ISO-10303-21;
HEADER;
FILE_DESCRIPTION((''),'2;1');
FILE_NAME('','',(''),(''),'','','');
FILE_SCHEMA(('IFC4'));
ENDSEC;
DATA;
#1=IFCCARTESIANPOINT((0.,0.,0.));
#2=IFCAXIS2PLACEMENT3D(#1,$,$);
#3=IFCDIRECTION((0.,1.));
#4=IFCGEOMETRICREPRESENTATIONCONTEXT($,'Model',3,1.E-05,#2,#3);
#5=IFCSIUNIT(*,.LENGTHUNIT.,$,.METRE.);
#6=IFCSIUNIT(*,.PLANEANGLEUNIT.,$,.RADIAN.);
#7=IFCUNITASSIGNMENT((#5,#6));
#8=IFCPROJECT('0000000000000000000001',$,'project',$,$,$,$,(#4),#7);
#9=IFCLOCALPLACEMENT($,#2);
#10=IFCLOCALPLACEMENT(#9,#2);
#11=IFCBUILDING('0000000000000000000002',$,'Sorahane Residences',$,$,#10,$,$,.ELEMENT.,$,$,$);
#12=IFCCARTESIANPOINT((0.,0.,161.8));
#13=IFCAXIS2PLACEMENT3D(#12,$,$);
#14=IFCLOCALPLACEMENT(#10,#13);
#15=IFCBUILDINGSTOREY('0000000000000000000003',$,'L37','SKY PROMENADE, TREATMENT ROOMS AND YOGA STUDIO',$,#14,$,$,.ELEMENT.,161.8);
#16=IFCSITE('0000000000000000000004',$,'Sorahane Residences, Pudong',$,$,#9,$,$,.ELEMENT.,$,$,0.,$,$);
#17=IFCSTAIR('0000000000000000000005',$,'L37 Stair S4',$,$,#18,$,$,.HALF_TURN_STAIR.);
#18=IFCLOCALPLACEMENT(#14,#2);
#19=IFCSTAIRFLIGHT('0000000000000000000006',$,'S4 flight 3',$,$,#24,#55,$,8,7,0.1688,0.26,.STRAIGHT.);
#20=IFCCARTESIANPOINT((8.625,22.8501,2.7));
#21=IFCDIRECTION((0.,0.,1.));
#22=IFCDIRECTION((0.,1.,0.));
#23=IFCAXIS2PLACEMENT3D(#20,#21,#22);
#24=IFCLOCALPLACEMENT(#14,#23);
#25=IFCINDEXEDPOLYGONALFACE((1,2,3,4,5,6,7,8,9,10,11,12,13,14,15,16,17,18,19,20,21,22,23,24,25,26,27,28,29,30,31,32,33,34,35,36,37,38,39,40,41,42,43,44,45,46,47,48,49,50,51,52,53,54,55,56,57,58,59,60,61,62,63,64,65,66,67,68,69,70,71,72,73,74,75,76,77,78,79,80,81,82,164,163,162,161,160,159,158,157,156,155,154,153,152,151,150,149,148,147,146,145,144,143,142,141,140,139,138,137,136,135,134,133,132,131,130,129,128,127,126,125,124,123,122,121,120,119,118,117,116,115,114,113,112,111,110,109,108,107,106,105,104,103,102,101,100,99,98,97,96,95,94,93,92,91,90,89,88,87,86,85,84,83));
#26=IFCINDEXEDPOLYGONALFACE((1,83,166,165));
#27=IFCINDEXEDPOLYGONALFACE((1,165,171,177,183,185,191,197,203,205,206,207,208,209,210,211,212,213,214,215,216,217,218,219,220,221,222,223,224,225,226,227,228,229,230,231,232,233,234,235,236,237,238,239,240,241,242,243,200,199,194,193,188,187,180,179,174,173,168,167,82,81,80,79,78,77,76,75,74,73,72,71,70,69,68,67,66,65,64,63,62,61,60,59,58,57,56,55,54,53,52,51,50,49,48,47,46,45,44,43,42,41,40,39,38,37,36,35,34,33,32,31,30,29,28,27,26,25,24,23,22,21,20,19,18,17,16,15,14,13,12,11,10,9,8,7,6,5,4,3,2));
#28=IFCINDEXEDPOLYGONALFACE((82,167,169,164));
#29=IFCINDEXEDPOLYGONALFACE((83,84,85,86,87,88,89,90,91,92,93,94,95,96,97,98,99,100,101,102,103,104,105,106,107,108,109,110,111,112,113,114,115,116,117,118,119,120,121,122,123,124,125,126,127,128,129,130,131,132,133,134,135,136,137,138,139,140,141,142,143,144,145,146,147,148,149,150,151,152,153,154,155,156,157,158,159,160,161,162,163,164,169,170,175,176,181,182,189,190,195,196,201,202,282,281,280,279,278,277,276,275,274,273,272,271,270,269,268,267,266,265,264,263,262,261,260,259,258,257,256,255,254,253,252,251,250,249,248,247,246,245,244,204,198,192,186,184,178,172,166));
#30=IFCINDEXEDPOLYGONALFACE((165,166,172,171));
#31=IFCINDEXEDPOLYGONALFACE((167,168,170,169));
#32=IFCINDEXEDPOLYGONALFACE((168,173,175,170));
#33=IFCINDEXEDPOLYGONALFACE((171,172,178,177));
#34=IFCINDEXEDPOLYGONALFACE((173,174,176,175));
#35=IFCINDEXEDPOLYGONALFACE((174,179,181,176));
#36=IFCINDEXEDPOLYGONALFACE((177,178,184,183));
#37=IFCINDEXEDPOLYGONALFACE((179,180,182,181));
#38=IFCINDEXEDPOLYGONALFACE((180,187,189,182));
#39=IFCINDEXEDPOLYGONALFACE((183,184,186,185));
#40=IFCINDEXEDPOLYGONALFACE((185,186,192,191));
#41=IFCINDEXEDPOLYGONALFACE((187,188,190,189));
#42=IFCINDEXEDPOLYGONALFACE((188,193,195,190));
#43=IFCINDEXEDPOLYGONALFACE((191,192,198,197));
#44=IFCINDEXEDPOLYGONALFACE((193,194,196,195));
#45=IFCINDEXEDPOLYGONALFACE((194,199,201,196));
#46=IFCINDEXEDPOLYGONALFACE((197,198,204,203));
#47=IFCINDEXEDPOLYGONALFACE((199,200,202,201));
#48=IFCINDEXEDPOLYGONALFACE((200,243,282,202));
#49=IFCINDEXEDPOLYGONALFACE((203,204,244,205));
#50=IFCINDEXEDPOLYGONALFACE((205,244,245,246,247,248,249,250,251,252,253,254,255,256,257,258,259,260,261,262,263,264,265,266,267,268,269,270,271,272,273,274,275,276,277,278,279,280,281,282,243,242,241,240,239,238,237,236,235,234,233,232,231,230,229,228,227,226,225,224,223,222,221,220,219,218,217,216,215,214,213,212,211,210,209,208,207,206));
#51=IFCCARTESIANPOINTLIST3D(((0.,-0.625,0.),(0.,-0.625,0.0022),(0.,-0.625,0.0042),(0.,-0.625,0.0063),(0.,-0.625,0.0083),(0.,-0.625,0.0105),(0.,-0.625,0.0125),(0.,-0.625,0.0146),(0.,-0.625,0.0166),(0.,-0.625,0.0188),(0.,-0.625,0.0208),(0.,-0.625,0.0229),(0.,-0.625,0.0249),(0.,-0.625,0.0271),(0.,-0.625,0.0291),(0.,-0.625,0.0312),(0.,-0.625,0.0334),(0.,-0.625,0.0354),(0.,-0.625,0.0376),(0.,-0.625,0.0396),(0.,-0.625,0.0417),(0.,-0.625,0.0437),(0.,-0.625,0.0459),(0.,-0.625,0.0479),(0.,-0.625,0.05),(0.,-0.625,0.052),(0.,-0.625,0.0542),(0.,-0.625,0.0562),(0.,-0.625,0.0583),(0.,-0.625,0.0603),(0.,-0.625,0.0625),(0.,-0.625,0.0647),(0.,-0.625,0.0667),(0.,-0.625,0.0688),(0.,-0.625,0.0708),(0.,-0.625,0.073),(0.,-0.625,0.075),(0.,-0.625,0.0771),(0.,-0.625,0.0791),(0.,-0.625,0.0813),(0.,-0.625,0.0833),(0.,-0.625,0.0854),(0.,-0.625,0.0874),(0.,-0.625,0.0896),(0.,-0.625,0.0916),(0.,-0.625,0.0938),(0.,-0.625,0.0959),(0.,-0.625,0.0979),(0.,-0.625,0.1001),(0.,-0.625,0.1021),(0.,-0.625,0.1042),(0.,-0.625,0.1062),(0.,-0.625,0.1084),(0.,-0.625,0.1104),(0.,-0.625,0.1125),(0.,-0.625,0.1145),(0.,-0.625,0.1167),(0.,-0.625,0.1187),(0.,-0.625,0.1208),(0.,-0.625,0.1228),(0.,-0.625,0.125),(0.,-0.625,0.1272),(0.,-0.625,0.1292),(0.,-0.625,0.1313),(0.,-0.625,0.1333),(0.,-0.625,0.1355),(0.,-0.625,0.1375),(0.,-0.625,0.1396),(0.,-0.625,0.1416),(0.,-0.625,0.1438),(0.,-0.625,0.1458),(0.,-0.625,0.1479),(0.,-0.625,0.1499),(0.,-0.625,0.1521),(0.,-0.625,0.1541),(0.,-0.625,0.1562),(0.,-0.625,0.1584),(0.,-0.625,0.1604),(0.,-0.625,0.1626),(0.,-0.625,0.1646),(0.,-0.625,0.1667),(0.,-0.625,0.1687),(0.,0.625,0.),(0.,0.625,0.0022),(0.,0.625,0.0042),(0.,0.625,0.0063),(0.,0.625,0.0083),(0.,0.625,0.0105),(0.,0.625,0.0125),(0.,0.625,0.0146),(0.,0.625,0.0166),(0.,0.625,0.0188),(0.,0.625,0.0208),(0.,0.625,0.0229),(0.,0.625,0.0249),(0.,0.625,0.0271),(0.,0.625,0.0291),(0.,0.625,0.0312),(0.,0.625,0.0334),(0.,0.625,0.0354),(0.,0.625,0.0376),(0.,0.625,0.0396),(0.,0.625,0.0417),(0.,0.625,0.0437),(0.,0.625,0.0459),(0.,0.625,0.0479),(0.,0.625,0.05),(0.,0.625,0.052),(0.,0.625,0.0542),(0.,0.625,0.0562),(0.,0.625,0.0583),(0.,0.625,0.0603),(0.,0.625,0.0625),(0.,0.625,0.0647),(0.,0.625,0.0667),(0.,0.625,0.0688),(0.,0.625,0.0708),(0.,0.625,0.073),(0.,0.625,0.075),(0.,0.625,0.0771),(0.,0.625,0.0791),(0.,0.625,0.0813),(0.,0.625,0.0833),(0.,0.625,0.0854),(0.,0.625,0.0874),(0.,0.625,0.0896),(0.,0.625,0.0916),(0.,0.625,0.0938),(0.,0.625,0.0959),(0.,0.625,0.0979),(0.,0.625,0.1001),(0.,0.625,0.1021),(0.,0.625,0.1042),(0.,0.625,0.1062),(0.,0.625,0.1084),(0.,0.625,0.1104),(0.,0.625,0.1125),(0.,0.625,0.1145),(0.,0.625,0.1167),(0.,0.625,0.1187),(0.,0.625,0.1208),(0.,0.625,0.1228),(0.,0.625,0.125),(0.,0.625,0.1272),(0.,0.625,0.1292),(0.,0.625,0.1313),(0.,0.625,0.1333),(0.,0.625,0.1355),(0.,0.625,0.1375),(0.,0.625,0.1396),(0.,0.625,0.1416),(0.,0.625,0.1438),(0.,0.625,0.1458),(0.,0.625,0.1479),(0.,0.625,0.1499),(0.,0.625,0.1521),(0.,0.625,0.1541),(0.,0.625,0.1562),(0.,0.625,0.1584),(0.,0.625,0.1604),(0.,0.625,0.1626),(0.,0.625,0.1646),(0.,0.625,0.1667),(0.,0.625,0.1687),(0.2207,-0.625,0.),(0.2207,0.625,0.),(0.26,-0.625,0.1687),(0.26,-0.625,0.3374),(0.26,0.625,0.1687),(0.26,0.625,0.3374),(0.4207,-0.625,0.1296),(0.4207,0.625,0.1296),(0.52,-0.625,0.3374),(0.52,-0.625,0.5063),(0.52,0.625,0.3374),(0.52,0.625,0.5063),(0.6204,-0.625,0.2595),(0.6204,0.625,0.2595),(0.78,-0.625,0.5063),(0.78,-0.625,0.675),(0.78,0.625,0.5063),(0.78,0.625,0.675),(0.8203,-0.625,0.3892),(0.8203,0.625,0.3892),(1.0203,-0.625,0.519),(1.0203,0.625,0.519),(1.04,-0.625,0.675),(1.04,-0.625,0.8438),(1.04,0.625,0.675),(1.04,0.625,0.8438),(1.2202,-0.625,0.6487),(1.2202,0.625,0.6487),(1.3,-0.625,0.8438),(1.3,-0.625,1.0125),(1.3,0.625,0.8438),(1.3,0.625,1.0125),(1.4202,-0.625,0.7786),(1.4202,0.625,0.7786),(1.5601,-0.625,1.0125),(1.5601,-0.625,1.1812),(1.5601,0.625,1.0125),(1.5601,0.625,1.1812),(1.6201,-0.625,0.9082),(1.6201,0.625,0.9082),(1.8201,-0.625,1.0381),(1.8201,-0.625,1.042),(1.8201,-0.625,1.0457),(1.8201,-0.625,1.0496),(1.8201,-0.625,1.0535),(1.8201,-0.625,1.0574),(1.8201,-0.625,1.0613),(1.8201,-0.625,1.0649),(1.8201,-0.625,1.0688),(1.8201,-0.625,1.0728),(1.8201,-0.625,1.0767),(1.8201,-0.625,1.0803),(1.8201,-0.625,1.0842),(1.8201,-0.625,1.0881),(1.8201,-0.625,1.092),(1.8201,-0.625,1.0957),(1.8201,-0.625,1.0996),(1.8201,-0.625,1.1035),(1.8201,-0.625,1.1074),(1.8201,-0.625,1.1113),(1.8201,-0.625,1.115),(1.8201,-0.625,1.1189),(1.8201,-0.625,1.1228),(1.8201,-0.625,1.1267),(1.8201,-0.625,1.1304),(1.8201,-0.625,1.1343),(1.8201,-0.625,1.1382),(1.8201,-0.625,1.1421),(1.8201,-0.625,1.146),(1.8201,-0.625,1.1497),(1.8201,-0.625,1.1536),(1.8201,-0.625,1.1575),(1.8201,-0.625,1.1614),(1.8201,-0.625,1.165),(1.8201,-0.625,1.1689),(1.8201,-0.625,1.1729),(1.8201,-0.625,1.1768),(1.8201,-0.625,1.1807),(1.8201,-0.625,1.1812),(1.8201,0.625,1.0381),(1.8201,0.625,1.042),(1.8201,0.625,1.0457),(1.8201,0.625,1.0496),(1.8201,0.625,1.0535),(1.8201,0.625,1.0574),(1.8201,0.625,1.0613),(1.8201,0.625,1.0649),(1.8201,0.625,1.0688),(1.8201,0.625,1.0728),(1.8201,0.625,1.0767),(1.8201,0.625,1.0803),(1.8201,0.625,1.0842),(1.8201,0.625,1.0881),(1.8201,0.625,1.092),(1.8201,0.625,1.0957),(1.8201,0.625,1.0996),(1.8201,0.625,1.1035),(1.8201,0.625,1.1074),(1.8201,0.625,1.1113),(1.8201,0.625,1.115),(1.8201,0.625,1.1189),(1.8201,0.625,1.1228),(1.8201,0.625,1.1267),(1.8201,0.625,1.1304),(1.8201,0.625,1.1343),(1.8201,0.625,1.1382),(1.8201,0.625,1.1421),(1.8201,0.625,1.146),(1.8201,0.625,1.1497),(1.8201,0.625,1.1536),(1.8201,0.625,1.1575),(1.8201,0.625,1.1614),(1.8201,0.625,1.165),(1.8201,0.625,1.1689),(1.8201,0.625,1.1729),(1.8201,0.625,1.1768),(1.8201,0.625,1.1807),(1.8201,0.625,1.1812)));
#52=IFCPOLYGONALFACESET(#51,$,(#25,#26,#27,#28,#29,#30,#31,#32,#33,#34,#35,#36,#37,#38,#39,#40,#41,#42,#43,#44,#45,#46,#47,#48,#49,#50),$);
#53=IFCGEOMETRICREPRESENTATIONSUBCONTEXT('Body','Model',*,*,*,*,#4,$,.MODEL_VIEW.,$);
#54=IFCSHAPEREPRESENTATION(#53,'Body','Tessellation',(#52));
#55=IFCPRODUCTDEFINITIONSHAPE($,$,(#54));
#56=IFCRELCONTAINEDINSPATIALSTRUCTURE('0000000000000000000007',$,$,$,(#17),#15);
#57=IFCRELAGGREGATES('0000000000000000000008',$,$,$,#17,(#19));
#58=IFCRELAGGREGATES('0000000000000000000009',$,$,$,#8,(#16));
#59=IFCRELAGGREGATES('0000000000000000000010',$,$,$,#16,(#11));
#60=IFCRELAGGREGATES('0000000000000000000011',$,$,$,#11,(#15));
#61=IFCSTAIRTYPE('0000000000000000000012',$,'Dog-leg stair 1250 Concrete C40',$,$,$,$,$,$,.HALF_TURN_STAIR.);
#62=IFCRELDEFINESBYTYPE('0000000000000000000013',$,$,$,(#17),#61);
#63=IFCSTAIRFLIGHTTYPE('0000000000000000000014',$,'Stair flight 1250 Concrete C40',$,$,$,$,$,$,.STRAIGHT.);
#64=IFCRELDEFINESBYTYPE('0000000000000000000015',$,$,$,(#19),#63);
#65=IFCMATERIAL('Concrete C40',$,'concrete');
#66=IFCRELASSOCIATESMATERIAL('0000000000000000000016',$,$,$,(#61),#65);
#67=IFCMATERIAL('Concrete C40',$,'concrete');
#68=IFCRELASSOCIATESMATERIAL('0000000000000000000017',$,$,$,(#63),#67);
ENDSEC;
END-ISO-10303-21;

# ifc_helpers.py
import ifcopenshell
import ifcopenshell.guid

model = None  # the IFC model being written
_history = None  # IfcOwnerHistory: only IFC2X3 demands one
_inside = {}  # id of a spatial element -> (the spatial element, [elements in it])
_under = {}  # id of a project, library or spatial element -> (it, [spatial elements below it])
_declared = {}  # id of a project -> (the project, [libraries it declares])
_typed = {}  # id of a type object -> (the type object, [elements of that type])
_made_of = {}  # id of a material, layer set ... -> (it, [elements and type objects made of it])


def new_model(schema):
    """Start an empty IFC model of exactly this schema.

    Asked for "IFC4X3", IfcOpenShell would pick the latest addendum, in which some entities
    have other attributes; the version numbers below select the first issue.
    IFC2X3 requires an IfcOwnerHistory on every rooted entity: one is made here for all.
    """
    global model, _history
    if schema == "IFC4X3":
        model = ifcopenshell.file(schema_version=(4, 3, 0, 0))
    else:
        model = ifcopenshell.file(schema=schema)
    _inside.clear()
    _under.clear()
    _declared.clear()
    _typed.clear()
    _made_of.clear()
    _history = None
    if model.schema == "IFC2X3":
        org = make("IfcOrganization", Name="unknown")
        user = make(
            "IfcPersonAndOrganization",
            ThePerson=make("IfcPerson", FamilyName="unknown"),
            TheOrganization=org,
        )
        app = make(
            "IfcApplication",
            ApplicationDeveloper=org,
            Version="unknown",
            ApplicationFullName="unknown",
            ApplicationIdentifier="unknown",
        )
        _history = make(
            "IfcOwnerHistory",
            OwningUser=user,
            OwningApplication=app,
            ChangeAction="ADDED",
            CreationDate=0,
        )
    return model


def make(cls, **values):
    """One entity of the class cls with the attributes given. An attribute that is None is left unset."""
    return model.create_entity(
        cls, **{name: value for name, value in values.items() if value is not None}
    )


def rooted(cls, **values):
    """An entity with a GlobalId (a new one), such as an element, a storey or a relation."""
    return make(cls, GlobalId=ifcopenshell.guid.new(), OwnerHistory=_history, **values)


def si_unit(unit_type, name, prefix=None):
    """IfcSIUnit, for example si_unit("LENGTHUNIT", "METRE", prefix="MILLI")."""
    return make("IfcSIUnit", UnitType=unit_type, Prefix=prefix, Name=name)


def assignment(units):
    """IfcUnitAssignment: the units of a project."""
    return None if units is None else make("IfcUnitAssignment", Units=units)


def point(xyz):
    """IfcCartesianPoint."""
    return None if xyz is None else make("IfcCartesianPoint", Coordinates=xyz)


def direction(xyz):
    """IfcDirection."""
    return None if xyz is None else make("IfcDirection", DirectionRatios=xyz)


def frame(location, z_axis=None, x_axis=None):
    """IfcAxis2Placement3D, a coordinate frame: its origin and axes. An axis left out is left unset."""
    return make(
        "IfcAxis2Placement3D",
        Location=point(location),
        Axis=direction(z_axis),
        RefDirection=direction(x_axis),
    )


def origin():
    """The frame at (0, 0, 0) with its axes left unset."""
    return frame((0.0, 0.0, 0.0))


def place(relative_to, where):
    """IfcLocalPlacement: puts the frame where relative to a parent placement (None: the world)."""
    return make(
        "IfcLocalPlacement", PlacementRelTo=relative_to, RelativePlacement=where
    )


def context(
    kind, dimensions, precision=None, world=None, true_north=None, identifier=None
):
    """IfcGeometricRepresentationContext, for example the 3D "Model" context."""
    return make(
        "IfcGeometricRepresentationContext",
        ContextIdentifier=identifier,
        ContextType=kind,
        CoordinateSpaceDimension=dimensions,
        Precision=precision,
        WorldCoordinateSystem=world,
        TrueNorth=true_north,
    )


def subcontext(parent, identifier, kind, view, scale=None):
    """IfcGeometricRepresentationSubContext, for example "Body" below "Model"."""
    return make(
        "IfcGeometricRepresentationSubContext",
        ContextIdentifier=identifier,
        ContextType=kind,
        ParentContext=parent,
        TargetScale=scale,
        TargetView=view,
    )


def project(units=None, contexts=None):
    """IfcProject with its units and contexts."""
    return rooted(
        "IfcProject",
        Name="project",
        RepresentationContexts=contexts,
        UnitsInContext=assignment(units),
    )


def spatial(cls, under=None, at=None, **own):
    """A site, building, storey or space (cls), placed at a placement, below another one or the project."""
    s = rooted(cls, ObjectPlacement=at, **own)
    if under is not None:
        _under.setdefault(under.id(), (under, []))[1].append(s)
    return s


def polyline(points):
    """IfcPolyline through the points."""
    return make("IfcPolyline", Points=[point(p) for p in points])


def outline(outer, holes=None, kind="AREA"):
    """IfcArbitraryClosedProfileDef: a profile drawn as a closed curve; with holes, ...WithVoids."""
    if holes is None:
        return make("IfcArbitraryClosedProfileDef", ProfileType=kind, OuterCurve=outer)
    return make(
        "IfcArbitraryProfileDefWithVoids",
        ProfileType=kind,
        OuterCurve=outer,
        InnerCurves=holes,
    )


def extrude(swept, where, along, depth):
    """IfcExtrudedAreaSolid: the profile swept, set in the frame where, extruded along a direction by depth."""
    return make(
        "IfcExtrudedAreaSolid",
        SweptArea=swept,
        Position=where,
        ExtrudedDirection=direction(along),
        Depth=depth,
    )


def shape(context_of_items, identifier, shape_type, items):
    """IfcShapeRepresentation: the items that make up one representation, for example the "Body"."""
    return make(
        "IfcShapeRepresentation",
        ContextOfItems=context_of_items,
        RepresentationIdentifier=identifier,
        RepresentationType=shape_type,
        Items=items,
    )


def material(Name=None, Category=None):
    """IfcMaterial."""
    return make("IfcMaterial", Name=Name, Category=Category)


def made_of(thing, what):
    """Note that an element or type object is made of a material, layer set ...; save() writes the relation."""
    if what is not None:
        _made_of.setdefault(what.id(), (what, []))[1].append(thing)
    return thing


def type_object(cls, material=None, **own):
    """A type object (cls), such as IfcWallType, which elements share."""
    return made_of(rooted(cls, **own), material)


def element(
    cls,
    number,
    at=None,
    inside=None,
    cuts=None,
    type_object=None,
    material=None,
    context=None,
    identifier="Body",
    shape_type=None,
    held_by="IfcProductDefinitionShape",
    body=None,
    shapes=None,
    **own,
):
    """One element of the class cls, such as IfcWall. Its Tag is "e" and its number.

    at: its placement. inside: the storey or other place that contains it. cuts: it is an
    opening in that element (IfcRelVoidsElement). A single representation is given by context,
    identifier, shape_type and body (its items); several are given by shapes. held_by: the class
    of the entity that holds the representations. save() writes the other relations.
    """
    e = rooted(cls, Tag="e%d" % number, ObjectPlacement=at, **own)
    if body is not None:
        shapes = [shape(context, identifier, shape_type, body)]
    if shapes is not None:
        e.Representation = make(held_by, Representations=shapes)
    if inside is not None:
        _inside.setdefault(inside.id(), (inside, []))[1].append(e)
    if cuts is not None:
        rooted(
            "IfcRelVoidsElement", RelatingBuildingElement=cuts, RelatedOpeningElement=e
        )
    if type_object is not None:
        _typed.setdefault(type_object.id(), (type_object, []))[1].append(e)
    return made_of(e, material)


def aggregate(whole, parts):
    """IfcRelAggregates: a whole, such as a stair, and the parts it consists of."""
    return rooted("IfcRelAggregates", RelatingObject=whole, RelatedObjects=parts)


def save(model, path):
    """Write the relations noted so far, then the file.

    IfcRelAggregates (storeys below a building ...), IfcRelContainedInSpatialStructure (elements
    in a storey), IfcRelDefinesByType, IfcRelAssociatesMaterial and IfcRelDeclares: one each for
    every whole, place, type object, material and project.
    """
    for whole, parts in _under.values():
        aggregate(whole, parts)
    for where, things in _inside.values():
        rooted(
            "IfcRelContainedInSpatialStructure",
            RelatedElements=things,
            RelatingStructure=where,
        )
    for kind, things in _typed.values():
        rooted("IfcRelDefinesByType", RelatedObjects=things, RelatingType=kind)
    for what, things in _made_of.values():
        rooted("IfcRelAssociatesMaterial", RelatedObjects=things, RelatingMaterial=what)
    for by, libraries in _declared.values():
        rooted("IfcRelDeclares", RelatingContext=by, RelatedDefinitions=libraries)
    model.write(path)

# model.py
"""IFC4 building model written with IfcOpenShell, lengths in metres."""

from ifc_helpers import new_model, si_unit, direction, frame, origin, place, context, subcontext, project, spatial, polyline, outline, extrude, material, type_object, element, aggregate, save


model = new_model("IFC4")

# Units and contexts
model_context = context("Model", 3, precision=1e-05, world=origin(), true_north=direction((0.0, 1.0)))
body_context = subcontext(model_context, "Body", "Model", "MODEL_VIEW")
ifc_project = project(units=[si_unit("LENGTHUNIT", "METRE"), si_unit("PLANEANGLEUNIT", "RADIAN")], contexts=[model_context])

# Site, building, storey
site_placement = place(None, origin())
site = spatial("IfcSite", under=ifc_project, at=site_placement, Name="Sorahane Residences, Pudong", CompositionType="ELEMENT", RefElevation=0.0)
building_placement = place(site_placement, origin())
building = spatial("IfcBuilding", under=site, at=building_placement, Name="Sorahane Residences", CompositionType="ELEMENT")
storey_placement = place(building_placement, frame((0.0, 0.0, 161.8)))
storey = spatial("IfcBuildingStorey", under=building, at=storey_placement, Name="L37", Description="SKY PROMENADE, TREATMENT ROOMS AND YOGA STUDIO", CompositionType="ELEMENT", Elevation=161.8)

# Stair, stair flight
ifc_material_1 = material(Name="Concrete C40", Category="concrete")
stair_type = type_object("IfcStairType", Name="Dog-leg stair 1250 Concrete C40", PredefinedType="HALF_TURN_STAIR", material=ifc_material_1)
stair_placement = place(storey_placement, origin())
stair = element("IfcStair", 1, at=stair_placement, inside=storey, type_object=stair_type, Name="L37 Stair S4", PredefinedType="HALF_TURN_STAIR")
ifc_material_2 = material(Name="Concrete C40", Category="concrete")
stair_flight_type = type_object("IfcStairFlightType", Name="Stair flight 1250 Concrete C40", PredefinedType="STRAIGHT", material=ifc_material_2)
stair_flight_1_placement = place(storey_placement, frame((8.625, 22.8501, 2.7), z_axis=(0.0, 0.0, 1.0), x_axis=(0.0, 1.0, 0.0)))
stair_flight_1 = element("IfcStairFlight", 2, at=stair_flight_1_placement, type_object=stair_flight_type, Name="S4 flight 3", NumberOfRisers=8, NumberOfTreads=7, PredefinedType="STRAIGHT", RiserHeight=0.1688, TreadLength=0.26, context=body_context, shape_type="SweptSolid", body=[
    extrude(outline(polyline([(0.0, 0.0), (0.0, 0.0022), (0.0, 0.0042), (0.0, 0.0063), (0.0, 0.0083), (0.0, 0.0105), (0.0, 0.0125), (0.0, 0.0146), (0.0, 0.0166), (0.0, 0.0188), (0.0, 0.0208), (0.0, 0.0229), (0.0, 0.0249), (0.0, 0.0271), (0.0, 0.0291), (0.0, 0.0312), (0.0, 0.0334), (0.0, 0.0354), (0.0, 0.0376), (0.0, 0.0396), (0.0, 0.0417), (0.0, 0.0437), (0.0, 0.0459), (0.0, 0.0479), (0.0, 0.05), (0.0, 0.052), (0.0, 0.0542), (0.0, 0.0562), (0.0, 0.0583), (0.0, 0.0603), (0.0, 0.0625), (0.0, 0.0647), (0.0, 0.0667), (0.0, 0.0688), (0.0, 0.0708), (0.0, 0.073), (0.0, 0.075), (0.0, 0.0771), (0.0, 0.0791), (0.0, 0.0813), (0.0, 0.0833), (0.0, 0.0854), (0.0, 0.0874), (0.0, 0.0896), (0.0, 0.0916), (0.0, 0.0938), (0.0, 0.0959), (0.0, 0.0979), (0.0, 0.1001), (0.0, 0.1021), (0.0, 0.1042), (0.0, 0.1062), (0.0, 0.1084), (0.0, 0.1104), (0.0, 0.1125), (0.0, 0.1145), (0.0, 0.1167), (0.0, 0.1187), (0.0, 0.1208), (0.0, 0.1228), (0.0, 0.125), (0.0, 0.1272), (0.0, 0.1292), (0.0, 0.1313), (0.0, 0.1333), (0.0, 0.1355), (0.0, 0.1375), (0.0, 0.1396), (0.0, 0.1416), (0.0, 0.1438), (0.0, 0.1458), (0.0, 0.1479), (0.0, 0.1499), (0.0, 0.1521), (0.0, 0.1541), (0.0, 0.1562), (0.0, 0.1584), (0.0, 0.1604), (0.0, 0.1626), (0.0, 0.1646), (0.0, 0.1667), (0.0, 0.1687), (0.26, 0.1687), (0.26, 0.3374), (0.52, 0.3374), (0.52, 0.5063), (0.78, 0.5063), (0.78, 0.675), (1.04, 0.675), (1.04, 0.8438), (1.3, 0.8438), (1.3, 1.0125), (1.5601, 1.0125), (1.5601, 1.1812), (1.8201, 1.1812), (1.8201, 1.3501), (1.8201, 1.3462), (1.8201, 1.3423), (1.8201, 1.3384), (1.8201, 1.3347), (1.8201, 1.3308), (1.8201, 1.3269), (1.8201, 1.323), (1.8201, 1.3191), (1.8201, 1.3154), (1.8201, 1.3115), (1.8201, 1.3076), (1.8201, 1.3037), (1.8201, 1.3), (1.8201, 1.2961), (1.8201, 1.2922), (1.8201, 1.2883), (1.8201, 1.2844), (1.8201, 1.2808), (1.8201, 1.2769), (1.8201, 1.2729), (1.8201, 1.269), (1.8201, 1.2654), (1.8201, 1.2615), (1.8201, 1.2576), (1.8201, 1.2537), (1.8201, 1.2498), (1.8201, 1.2461), (1.8201, 1.2422), (1.8201, 1.2383), (1.8201, 1.2344), (1.8201, 1.2307), (1.8201, 1.2268), (1.8201, 1.2229), (1.8201, 1.219), (1.8201, 1.2151), (1.8201, 1.2114), (1.8201, 1.2075), (1.8201, 1.2036), (1.8201, 1.1997), (1.8201, 1.196), (1.8201, 1.1921), (1.8201, 1.1882), (1.8201, 1.1843), (1.8201, 1.1807), (1.8201, 1.1768), (1.8201, 1.1729), (1.8201, 1.1689), (1.8201, 1.165), (1.8201, 1.1614), (1.8201, 1.1575), (1.8201, 1.1536), (1.8201, 1.1497), (1.8201, 1.146), (1.8201, 1.1421), (1.8201, 1.1382), (1.8201, 1.1343), (1.8201, 1.1304), (1.8201, 1.1267), (1.8201, 1.1228), (1.8201, 1.1189), (1.8201, 1.115), (1.8201, 1.1113), (1.8201, 1.1074), (1.8201, 1.1035), (1.8201, 1.0996), (1.8201, 1.0957), (1.8201, 1.092), (1.8201, 1.0881), (1.8201, 1.0842), (1.8201, 1.0803), (1.8201, 1.0767), (1.8201, 1.0728), (1.8201, 1.0688), (1.8201, 1.0649), (1.8201, 1.0613), (1.8201, 1.0574), (1.8201, 1.0535), (1.8201, 1.0496), (1.8201, 1.0457), (1.8201, 1.042), (1.8201, 1.0381), (1.6201, 0.9082), (1.4202, 0.7786), (1.2202, 0.6487), (1.0203, 0.519), (0.8203, 0.3892), (0.6204, 0.2595), (0.4207, 0.1296), (0.2207, 0.0), (0.0, 0.0)])), frame((0.0, 0.625, 0.0), z_axis=(0.0, -1.0, 0.0), x_axis=(1.0, 0.0, 0.0)), (0.0, 0.0, 1.0), 1.25),
])
aggregate(stair, [stair_flight_1])

save(model, "model.ifc")
